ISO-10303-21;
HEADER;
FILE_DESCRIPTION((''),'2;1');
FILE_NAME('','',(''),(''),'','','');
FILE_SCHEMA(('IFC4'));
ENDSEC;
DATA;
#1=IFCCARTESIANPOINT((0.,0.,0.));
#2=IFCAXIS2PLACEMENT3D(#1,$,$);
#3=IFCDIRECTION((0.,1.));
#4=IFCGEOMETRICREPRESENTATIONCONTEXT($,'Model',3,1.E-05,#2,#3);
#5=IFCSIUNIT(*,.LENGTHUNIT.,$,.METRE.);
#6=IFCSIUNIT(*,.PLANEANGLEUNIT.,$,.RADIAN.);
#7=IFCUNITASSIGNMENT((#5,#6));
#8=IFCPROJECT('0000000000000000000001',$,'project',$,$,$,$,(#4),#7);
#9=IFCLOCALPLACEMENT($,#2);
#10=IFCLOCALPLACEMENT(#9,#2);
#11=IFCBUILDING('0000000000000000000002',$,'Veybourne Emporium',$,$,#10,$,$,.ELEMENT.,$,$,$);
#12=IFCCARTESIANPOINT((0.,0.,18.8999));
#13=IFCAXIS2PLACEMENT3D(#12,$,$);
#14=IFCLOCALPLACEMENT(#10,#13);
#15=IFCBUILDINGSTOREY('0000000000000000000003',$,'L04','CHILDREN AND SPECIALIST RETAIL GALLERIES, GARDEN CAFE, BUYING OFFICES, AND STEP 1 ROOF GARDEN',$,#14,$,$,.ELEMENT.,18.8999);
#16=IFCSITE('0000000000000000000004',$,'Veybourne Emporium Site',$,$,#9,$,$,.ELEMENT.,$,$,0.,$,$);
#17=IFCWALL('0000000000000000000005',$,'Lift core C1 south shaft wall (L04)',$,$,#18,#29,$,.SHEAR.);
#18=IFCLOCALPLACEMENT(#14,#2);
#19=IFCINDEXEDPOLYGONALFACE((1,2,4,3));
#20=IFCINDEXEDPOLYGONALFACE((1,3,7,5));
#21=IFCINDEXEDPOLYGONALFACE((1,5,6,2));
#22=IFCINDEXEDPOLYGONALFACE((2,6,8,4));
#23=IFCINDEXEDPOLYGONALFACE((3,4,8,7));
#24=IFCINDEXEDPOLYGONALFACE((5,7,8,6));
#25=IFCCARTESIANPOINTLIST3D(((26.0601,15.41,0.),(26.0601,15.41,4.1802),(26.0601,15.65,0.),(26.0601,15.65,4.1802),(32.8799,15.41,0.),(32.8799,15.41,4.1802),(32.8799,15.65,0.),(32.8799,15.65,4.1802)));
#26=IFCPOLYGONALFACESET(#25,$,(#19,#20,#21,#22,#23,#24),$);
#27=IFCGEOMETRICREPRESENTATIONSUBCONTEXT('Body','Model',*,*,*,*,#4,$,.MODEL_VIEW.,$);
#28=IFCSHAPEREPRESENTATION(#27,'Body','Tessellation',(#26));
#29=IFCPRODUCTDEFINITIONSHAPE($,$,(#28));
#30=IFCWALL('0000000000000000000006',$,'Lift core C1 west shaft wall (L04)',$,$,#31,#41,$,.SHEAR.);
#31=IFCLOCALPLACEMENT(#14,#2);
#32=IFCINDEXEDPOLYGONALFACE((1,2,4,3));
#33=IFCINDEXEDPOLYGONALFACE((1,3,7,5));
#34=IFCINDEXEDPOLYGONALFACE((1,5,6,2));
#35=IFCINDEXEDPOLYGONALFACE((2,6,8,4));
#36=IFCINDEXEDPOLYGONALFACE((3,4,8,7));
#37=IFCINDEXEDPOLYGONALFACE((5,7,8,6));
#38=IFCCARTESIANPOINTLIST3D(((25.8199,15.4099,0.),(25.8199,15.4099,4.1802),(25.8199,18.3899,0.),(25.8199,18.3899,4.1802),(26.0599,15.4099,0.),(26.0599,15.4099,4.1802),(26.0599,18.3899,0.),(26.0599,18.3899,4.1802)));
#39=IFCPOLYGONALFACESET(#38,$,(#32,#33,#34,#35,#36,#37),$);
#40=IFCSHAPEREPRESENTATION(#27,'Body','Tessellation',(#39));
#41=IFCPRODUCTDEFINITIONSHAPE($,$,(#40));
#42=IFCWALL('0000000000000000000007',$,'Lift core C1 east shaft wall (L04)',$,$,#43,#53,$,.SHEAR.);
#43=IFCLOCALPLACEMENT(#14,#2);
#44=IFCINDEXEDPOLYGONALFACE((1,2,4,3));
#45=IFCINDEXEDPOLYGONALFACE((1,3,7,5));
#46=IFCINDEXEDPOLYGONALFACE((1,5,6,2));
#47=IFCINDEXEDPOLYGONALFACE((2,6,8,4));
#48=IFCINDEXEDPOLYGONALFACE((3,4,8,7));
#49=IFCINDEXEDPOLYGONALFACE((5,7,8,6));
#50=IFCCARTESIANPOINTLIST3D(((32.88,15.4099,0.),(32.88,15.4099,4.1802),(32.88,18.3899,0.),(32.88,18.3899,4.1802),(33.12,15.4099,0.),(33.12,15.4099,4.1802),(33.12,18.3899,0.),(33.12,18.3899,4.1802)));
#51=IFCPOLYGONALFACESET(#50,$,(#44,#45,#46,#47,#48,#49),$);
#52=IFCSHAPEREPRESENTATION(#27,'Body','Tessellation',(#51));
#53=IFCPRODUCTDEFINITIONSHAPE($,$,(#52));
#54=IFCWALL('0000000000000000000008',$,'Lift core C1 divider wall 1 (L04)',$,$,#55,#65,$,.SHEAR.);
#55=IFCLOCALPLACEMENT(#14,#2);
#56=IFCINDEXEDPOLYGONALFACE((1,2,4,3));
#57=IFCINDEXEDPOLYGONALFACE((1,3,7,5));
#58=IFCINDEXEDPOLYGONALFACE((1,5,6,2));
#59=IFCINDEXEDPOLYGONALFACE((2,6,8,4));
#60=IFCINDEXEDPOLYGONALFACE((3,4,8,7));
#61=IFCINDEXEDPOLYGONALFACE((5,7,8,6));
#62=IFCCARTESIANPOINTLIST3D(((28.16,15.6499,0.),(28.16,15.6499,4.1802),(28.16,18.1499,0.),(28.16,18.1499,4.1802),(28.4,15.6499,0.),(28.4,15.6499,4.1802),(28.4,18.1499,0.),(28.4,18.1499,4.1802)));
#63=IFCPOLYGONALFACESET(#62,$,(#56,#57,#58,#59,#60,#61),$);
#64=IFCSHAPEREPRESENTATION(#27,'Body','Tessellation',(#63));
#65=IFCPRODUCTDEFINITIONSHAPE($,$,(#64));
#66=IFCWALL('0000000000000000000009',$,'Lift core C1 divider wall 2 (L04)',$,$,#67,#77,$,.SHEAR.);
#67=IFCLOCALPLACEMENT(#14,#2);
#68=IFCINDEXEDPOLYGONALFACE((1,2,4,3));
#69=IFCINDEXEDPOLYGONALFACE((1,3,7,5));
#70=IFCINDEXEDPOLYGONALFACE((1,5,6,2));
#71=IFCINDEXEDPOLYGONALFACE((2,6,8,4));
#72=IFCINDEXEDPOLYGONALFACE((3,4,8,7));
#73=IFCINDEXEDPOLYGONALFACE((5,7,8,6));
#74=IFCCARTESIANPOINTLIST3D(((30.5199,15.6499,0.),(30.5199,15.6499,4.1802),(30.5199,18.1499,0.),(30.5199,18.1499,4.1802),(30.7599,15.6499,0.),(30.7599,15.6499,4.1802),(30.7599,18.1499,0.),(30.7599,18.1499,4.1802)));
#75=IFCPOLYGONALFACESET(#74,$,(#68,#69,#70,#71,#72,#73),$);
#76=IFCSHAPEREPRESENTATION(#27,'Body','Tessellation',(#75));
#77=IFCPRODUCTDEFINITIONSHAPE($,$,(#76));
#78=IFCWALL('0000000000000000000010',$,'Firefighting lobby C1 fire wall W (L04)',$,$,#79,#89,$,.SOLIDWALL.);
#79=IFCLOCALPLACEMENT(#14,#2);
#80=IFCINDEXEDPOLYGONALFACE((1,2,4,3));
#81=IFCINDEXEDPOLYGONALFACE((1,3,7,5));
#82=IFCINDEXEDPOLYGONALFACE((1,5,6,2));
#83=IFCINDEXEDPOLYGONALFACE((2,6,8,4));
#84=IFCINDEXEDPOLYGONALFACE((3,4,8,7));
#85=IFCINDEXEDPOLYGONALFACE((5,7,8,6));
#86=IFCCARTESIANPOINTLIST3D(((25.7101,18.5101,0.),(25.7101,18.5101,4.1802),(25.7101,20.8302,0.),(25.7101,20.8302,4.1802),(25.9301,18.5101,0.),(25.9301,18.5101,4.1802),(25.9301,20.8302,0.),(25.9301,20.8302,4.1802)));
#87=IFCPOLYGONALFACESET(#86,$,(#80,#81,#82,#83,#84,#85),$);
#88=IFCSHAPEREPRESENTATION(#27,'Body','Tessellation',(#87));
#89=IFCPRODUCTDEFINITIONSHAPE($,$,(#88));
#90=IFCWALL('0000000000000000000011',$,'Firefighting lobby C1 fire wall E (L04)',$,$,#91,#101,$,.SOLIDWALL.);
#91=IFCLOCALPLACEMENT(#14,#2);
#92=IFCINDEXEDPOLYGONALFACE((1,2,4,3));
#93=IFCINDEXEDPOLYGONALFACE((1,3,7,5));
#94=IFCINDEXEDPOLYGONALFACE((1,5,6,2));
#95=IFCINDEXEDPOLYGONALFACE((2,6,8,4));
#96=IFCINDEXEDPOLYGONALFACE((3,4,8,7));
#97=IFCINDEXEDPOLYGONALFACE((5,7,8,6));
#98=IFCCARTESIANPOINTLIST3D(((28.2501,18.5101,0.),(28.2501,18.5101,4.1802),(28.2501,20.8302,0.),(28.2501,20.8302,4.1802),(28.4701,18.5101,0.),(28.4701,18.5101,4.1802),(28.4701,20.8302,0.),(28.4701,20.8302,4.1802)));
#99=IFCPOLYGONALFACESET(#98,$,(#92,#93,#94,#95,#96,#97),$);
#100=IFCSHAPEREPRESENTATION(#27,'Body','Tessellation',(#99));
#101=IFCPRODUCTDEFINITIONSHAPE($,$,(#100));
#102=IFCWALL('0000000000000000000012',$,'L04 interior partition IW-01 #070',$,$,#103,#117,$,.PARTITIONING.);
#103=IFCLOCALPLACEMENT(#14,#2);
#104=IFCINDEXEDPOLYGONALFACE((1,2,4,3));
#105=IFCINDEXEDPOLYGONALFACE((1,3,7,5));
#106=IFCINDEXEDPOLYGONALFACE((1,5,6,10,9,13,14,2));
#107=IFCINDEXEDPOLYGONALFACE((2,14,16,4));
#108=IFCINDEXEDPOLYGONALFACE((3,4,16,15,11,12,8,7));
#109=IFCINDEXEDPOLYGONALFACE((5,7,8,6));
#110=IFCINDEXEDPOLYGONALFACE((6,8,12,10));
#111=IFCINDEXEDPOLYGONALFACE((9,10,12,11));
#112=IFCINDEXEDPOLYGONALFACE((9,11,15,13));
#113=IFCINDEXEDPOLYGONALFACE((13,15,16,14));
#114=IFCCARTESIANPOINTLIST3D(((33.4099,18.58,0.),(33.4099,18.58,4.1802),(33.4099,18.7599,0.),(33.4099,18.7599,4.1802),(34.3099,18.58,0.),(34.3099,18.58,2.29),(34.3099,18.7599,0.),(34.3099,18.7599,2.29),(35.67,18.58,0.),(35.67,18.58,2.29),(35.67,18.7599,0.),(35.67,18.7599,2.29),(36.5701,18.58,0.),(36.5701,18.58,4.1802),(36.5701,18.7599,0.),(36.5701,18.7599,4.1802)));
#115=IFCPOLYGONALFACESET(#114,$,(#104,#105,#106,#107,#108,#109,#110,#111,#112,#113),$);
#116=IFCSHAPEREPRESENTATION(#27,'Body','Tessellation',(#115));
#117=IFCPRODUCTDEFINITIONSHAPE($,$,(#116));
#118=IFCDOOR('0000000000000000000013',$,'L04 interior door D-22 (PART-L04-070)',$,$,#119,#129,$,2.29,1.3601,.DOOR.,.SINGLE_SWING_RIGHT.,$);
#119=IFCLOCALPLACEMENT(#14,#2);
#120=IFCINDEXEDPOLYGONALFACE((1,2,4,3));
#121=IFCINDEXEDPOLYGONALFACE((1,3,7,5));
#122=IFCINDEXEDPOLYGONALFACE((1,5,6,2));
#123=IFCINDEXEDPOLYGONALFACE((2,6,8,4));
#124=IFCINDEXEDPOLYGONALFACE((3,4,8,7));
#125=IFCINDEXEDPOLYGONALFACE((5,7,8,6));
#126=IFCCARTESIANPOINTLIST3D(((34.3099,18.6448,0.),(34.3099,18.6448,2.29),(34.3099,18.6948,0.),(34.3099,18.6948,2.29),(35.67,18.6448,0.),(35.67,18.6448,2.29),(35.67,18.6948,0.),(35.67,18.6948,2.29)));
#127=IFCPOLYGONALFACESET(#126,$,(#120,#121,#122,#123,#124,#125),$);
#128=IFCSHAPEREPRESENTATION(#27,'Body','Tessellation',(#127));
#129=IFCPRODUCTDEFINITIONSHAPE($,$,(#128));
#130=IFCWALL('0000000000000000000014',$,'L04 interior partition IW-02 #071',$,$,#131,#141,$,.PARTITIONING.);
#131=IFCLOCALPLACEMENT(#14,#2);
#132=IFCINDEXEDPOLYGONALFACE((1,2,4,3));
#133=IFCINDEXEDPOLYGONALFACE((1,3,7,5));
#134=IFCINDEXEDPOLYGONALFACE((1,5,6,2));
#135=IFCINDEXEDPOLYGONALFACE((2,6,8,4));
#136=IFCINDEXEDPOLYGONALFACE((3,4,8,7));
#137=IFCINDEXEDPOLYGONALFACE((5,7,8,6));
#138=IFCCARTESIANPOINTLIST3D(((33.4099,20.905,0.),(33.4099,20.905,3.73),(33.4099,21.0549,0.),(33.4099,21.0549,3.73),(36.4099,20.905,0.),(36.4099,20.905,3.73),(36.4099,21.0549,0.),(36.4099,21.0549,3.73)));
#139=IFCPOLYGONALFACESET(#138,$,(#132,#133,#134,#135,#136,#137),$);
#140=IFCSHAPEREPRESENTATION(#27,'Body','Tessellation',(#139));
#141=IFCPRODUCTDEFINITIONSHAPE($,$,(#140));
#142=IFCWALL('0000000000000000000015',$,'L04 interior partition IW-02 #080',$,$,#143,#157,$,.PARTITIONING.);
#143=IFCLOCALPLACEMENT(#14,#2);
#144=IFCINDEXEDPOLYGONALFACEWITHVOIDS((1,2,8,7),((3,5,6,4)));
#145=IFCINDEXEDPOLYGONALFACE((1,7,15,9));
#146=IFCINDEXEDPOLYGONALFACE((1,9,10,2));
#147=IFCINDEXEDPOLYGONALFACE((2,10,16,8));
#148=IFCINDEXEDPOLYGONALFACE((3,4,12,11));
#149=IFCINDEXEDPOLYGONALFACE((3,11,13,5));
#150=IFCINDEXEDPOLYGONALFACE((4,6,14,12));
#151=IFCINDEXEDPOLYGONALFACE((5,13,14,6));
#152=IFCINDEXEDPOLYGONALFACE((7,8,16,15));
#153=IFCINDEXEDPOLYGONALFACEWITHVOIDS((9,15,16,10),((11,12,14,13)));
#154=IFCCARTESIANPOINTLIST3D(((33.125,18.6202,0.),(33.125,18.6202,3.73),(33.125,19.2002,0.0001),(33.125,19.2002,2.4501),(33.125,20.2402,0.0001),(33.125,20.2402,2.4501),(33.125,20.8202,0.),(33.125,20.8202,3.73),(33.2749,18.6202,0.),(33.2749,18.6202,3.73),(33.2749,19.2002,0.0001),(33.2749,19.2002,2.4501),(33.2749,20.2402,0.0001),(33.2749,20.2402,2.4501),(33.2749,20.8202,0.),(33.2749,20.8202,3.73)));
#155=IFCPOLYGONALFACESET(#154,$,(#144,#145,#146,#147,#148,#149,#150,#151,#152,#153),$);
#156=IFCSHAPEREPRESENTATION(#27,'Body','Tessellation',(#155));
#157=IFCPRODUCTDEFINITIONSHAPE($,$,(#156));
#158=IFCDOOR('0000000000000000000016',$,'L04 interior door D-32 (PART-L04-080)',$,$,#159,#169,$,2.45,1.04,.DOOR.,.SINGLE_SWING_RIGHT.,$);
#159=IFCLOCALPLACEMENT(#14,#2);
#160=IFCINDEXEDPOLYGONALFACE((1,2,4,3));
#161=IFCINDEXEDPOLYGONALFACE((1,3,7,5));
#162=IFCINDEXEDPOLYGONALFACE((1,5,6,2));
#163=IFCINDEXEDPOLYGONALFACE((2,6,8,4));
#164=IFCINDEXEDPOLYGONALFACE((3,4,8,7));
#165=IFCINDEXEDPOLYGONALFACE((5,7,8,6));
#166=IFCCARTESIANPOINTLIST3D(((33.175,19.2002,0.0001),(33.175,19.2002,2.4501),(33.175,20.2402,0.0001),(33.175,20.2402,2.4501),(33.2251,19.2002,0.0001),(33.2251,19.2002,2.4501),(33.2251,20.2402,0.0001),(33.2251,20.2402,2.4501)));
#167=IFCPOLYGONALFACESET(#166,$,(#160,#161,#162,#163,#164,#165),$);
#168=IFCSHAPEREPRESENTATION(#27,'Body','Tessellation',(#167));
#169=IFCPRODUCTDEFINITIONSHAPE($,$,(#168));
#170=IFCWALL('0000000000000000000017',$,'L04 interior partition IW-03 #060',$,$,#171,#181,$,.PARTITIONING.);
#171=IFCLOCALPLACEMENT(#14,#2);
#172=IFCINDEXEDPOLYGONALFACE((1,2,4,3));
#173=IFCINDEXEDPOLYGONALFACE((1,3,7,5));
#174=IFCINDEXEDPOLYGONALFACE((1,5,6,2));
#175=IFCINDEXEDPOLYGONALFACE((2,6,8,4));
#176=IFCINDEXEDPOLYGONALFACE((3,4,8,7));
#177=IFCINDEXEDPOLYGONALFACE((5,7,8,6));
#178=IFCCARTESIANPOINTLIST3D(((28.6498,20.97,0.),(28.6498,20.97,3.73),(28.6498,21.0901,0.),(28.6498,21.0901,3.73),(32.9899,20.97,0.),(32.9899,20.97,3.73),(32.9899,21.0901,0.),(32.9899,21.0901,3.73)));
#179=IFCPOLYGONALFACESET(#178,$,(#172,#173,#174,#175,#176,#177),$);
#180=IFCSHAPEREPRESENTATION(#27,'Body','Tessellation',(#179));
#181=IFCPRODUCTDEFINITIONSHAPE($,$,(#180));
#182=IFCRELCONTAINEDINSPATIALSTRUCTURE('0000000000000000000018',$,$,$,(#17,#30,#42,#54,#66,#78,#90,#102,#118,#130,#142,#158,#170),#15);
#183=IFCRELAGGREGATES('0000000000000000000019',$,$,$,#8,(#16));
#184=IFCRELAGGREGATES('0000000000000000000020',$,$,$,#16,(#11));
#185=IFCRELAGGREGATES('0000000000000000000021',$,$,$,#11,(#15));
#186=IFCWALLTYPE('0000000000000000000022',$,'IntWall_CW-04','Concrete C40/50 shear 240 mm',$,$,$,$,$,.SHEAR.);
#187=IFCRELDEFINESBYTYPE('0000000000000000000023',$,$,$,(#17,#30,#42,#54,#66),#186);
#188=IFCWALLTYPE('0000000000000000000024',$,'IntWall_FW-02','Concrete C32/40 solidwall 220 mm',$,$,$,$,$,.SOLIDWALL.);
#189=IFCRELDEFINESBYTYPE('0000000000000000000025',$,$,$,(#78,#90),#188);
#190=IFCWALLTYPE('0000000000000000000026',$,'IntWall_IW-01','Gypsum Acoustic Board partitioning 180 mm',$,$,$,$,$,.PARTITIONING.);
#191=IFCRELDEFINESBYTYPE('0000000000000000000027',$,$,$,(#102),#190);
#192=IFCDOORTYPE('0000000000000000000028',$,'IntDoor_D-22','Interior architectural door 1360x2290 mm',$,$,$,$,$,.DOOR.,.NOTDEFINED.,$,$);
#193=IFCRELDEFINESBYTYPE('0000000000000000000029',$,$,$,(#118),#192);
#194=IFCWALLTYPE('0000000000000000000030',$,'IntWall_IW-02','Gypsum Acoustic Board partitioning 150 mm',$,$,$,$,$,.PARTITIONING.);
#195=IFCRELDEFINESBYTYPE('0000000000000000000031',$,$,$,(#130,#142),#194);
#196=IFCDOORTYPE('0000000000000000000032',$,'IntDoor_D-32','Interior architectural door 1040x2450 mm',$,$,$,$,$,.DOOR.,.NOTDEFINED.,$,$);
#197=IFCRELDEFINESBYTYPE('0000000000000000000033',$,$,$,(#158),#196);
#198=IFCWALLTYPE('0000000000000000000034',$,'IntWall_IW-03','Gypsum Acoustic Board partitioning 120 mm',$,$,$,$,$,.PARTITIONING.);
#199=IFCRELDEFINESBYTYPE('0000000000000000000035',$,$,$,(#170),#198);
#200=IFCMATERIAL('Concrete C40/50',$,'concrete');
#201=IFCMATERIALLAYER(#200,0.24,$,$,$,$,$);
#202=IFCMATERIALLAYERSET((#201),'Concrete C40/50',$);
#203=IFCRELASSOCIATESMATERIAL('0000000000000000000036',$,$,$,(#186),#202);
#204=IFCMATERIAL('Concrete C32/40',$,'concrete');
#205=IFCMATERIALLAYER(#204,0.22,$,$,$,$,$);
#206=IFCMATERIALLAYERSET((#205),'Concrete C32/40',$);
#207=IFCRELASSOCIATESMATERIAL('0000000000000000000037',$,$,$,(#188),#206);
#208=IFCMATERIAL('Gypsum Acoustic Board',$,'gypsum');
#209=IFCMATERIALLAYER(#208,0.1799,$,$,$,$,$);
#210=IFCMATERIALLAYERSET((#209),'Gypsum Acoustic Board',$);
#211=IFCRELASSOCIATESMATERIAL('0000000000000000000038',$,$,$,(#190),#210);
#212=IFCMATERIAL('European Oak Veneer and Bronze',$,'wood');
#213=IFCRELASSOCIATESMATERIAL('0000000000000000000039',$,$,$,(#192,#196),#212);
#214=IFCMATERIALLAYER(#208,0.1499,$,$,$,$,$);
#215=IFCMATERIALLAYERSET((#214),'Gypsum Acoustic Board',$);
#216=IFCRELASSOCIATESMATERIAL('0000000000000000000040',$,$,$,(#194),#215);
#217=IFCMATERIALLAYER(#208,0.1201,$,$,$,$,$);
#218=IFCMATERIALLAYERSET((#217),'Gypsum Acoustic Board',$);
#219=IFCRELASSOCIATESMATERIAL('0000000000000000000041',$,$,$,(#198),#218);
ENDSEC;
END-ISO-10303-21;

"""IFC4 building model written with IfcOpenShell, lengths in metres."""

from ifc_helpers import new_model, si_unit, direction, frame, frame_2d, origin, place, context, subcontext, project, spatial, rectangle, extrude, material, layer, layer_set, type_object, element, fill, save


model = new_model("IFC4")

# Units and contexts
model_context = context("Model", 3, precision=1e-05, world=origin(), true_north=direction((0.0, 1.0)))
body_context = subcontext(model_context, "Body", "Model", "MODEL_VIEW")
ifc_project = project(units=[si_unit("LENGTHUNIT", "METRE"), si_unit("PLANEANGLEUNIT", "RADIAN")], contexts=[model_context])

# Site, building, storey
site_placement = place(None, origin())
site = spatial("IfcSite", under=ifc_project, at=site_placement, Name="Veybourne Emporium Site", CompositionType="ELEMENT", RefElevation=0.0)
building_placement = place(site_placement, origin())
building = spatial("IfcBuilding", under=site, at=building_placement, Name="Veybourne Emporium", CompositionType="ELEMENT")
storey_placement = place(building_placement, frame((0.0, 0.0, 18.8999)))
storey = spatial("IfcBuildingStorey", under=building, at=storey_placement, Name="L04", Description="CHILDREN AND SPECIALIST RETAIL GALLERIES, GARDEN CAFE, BUYING OFFICES, AND STEP 1 ROOF GARDEN", CompositionType="ELEMENT", Elevation=18.8999)

# Shared definitions
ifc_material_1 = material(Name="Concrete C40/50", Category="concrete")

# Shared definitions
ifc_material_2 = material(Name="Concrete C32/40", Category="concrete")

# Shared definitions
ifc_layer_1 = layer(ifc_material_1, 0.24)
ifc_layer_set_1 = layer_set([ifc_layer_1], Name="Concrete C40/50")
wall_type_1 = type_object("IfcWallType", Name="IntWall_CW-04", Description="Concrete C40/50 shear 240 mm", PredefinedType="SHEAR", material=ifc_layer_set_1)

# Walls
wall_1_placement = place(storey_placement, frame((26.0601, 15.53, 0.0), z_axis=(0.0, 0.0, 1.0), x_axis=(1.0, 0.0, 0.0)))
element("IfcWall", 1, at=wall_1_placement, inside=storey, type_object=wall_type_1, Name="Lift core C1 south shaft wall (L04)", PredefinedType="SHEAR", context=body_context, shape_type="SweptSolid", body=[
    extrude(rectangle(XDim=6.8198, YDim=0.24, at=frame_2d((3.4099, 0.0))), origin(), (0.0, 0.0, 1.0), 4.1802),
])
for number, where, z_axis, x_axis, name in (
    (2, (25.9399, 18.3899, 0.0), (0.0, 0.0, 1.0), (0.0, -1.0, 0.0), "Lift core C1 west shaft wall (L04)"),
    (3, (33.0, 15.4099, 0.0), (0.0, 0.0, 1.0), (0.0, 1.0, 0.0), "Lift core C1 east shaft wall (L04)"),
):
    element("IfcWall", number, at=place(storey_placement, frame(where, z_axis=z_axis, x_axis=x_axis)), inside=storey, type_object=wall_type_1, Name=name, PredefinedType="SHEAR", context=body_context, shape_type="SweptSolid", body=[
        extrude(rectangle(XDim=2.98, YDim=0.24, at=frame_2d((1.49, 0.0))), origin(), (0.0, 0.0, 1.0), 4.1802),
    ])
for number, where, z_axis, x_axis, name in (
    (4, (28.28, 15.6499, 0.0), (0.0, 0.0, 1.0), (0.0, 1.0, 0.0), "Lift core C1 divider wall 1 (L04)"),
    (5, (30.6399, 15.6499, 0.0), (0.0, 0.0, 1.0), (0.0, 1.0, 0.0), "Lift core C1 divider wall 2 (L04)"),
):
    element("IfcWall", number, at=place(storey_placement, frame(where, z_axis=z_axis, x_axis=x_axis)), inside=storey, type_object=wall_type_1, Name=name, PredefinedType="SHEAR", context=body_context, shape_type="SweptSolid", body=[
        extrude(rectangle(XDim=2.5, YDim=0.24, at=frame_2d((1.25, 0.0))), origin(), (0.0, 0.0, 1.0), 4.1802),
    ])

# Shared definitions
ifc_layer_2 = layer(ifc_material_2, 0.22)
ifc_layer_set_2 = layer_set([ifc_layer_2], Name="Concrete C32/40")
wall_type_2 = type_object("IfcWallType", Name="IntWall_FW-02", Description="Concrete C32/40 solidwall 220 mm", PredefinedType="SOLIDWALL", material=ifc_layer_set_2)

# Walls
for number, where, z_axis, x_axis, name in (
    (6, (25.8201, 18.51, 0.0), (0.0, 0.0, 1.0), (0.0, 1.0, 0.0), "Firefighting lobby C1 fire wall W (L04)"),
    (7, (28.3601, 18.51, 0.0), (0.0, 0.0, 1.0), (0.0, 1.0, 0.0), "Firefighting lobby C1 fire wall E (L04)"),
):
    element("IfcWall", number, at=place(storey_placement, frame(where, z_axis=z_axis, x_axis=x_axis)), inside=storey, type_object=wall_type_2, Name=name, PredefinedType="SOLIDWALL", context=body_context, shape_type="SweptSolid", body=[
        extrude(rectangle(XDim=2.3201, YDim=0.22, at=frame_2d((1.1602, 0.0))), origin(), (0.0, 0.0, 1.0), 4.1802),
    ])

# Wall, opening, door
ifc_material_3 = material(Name="Gypsum Acoustic Board", Category="gypsum")
ifc_layer_3 = layer(ifc_material_3, 0.1799)
ifc_layer_set_3 = layer_set([ifc_layer_3], Name="Gypsum Acoustic Board")
wall_type_3 = type_object("IfcWallType", Name="IntWall_IW-01", Description="Gypsum Acoustic Board partitioning 180 mm", PredefinedType="PARTITIONING", material=ifc_layer_set_3)
wall_2_placement = place(storey_placement, frame((33.4099, 18.6699, 0.0), z_axis=(0.0, 0.0, 1.0), x_axis=(1.0, 0.0, 0.0)))
wall_2 = element("IfcWall", 8, at=wall_2_placement, inside=storey, type_object=wall_type_3, Name="L04 interior partition IW-01 #070", PredefinedType="PARTITIONING", context=body_context, shape_type="SweptSolid", body=[
    extrude(rectangle(XDim=3.1602, YDim=0.1799, at=frame_2d((1.5801, 0.0))), origin(), (0.0, 0.0, 1.0), 4.1802),
])
opening_1_placement = place(wall_2_placement, frame((0.8999, 0.0, 0.0)))
opening_1 = element("IfcOpeningElement", 9, at=opening_1_placement, cuts=wall_2, PredefinedType="OPENING", context=body_context, shape_type="SweptSolid", body=[
    extrude(rectangle(XDim=1.3601, YDim=2.29, at=frame_2d((0.6802, 1.145))), frame((0.0, 0.1099, 0.0), z_axis=(0.0, -1.0, 0.0), x_axis=(1.0, 0.0, 0.0)), (0.0, 0.0, 1.0), 0.22),
])
ifc_material_4 = material(Name="European Oak Veneer and Bronze", Category="wood")
door_type_1 = type_object("IfcDoorType", Name="IntDoor_D-22", Description="Interior architectural door 1360x2290 mm", OperationType="NOTDEFINED", PredefinedType="DOOR", material=ifc_material_4)
door_1_placement = place(opening_1_placement, origin())
door_1 = element("IfcDoor", 10, at=door_1_placement, inside=storey, type_object=door_type_1, Name="L04 interior door D-22 (PART-L04-070)", OperationType="SINGLE_SWING_RIGHT", OverallHeight=2.29, OverallWidth=1.3601, PredefinedType="DOOR", context=body_context, shape_type="SweptSolid", body=[
    extrude(rectangle(XDim=1.3601, YDim=2.29, at=frame_2d((0.6802, 1.145))), frame((0.0, 0.0249, 0.0), z_axis=(0.0, -1.0, 0.0), x_axis=(1.0, 0.0, 0.0)), (0.0, 0.0, 1.0), 0.05),
])
fill(opening_1, door_1)

# Wall
ifc_layer_4 = layer(ifc_material_3, 0.1499)
ifc_layer_set_4 = layer_set([ifc_layer_4], Name="Gypsum Acoustic Board")
wall_type_4 = type_object("IfcWallType", Name="IntWall_IW-02", Description="Gypsum Acoustic Board partitioning 150 mm", PredefinedType="PARTITIONING", material=ifc_layer_set_4)
wall_3_placement = place(storey_placement, frame((33.4099, 20.98, 0.0), z_axis=(0.0, 0.0, 1.0), x_axis=(1.0, 0.0, 0.0)))
element("IfcWall", 11, at=wall_3_placement, inside=storey, type_object=wall_type_4, Name="L04 interior partition IW-02 #071", PredefinedType="PARTITIONING", context=body_context, shape_type="SweptSolid", body=[
    extrude(rectangle(XDim=3.0, YDim=0.1499, at=frame_2d((1.5, 0.0))), origin(), (0.0, 0.0, 1.0), 3.73),
])

# Wall, opening, door
wall_4_placement = place(storey_placement, frame((33.2, 18.6201, 0.0), z_axis=(0.0, 0.0, 1.0), x_axis=(0.0, 1.0, 0.0)))
wall_4 = element("IfcWall", 12, at=wall_4_placement, inside=storey, type_object=wall_type_4, Name="L04 interior partition IW-02 #080", PredefinedType="PARTITIONING", context=body_context, shape_type="SweptSolid", body=[
    extrude(rectangle(XDim=2.2, YDim=0.1499, at=frame_2d((1.1001, 0.0))), origin(), (0.0, 0.0, 1.0), 3.73),
])
opening_2_placement = place(wall_4_placement, frame((0.5801, 0.0, 0.0)))
opening_2 = element("IfcOpeningElement", 13, at=opening_2_placement, cuts=wall_4, PredefinedType="OPENING", context=body_context, shape_type="SweptSolid", body=[
    extrude(rectangle(XDim=1.04, YDim=2.45, at=frame_2d((0.52, 1.2251))), frame((0.0, 0.095, 0.0), z_axis=(0.0, -1.0, 0.0), x_axis=(1.0, 0.0, 0.0)), (0.0, 0.0, 1.0), 0.1899),
])
door_type_2 = type_object("IfcDoorType", Name="IntDoor_D-32", Description="Interior architectural door 1040x2450 mm", OperationType="NOTDEFINED", PredefinedType="DOOR", material=ifc_material_4)
door_2_placement = place(opening_2_placement, origin())
door_2 = element("IfcDoor", 14, at=door_2_placement, inside=storey, type_object=door_type_2, Name="L04 interior door D-32 (PART-L04-080)", OperationType="SINGLE_SWING_RIGHT", OverallHeight=2.45, OverallWidth=1.04, PredefinedType="DOOR", context=body_context, shape_type="SweptSolid", body=[
    extrude(rectangle(XDim=1.04, YDim=2.45, at=frame_2d((0.52, 1.2251))), frame((0.0, 0.0249, 0.0), z_axis=(0.0, -1.0, 0.0), x_axis=(1.0, 0.0, 0.0)), (0.0, 0.0, 1.0), 0.05),
])
fill(opening_2, door_2)

# Wall
ifc_layer_5 = layer(ifc_material_3, 0.1201)
ifc_layer_set_5 = layer_set([ifc_layer_5], Name="Gypsum Acoustic Board")
wall_type_5 = type_object("IfcWallType", Name="IntWall_IW-03", Description="Gypsum Acoustic Board partitioning 120 mm", PredefinedType="PARTITIONING", material=ifc_layer_set_5)
wall_5_placement = place(storey_placement, frame((28.6499, 21.03, 0.0), z_axis=(0.0, 0.0, 1.0), x_axis=(1.0, 0.0, 0.0)))
element("IfcWall", 15, at=wall_5_placement, inside=storey, type_object=wall_type_5, Name="L04 interior partition IW-03 #060", PredefinedType="PARTITIONING", context=body_context, shape_type="SweptSolid", body=[
    extrude(rectangle(XDim=4.3401, YDim=0.1201, at=frame_2d((2.1699, 0.0))), origin(), (0.0, 0.0, 1.0), 3.73),
])

save(model, "model.ifc")
